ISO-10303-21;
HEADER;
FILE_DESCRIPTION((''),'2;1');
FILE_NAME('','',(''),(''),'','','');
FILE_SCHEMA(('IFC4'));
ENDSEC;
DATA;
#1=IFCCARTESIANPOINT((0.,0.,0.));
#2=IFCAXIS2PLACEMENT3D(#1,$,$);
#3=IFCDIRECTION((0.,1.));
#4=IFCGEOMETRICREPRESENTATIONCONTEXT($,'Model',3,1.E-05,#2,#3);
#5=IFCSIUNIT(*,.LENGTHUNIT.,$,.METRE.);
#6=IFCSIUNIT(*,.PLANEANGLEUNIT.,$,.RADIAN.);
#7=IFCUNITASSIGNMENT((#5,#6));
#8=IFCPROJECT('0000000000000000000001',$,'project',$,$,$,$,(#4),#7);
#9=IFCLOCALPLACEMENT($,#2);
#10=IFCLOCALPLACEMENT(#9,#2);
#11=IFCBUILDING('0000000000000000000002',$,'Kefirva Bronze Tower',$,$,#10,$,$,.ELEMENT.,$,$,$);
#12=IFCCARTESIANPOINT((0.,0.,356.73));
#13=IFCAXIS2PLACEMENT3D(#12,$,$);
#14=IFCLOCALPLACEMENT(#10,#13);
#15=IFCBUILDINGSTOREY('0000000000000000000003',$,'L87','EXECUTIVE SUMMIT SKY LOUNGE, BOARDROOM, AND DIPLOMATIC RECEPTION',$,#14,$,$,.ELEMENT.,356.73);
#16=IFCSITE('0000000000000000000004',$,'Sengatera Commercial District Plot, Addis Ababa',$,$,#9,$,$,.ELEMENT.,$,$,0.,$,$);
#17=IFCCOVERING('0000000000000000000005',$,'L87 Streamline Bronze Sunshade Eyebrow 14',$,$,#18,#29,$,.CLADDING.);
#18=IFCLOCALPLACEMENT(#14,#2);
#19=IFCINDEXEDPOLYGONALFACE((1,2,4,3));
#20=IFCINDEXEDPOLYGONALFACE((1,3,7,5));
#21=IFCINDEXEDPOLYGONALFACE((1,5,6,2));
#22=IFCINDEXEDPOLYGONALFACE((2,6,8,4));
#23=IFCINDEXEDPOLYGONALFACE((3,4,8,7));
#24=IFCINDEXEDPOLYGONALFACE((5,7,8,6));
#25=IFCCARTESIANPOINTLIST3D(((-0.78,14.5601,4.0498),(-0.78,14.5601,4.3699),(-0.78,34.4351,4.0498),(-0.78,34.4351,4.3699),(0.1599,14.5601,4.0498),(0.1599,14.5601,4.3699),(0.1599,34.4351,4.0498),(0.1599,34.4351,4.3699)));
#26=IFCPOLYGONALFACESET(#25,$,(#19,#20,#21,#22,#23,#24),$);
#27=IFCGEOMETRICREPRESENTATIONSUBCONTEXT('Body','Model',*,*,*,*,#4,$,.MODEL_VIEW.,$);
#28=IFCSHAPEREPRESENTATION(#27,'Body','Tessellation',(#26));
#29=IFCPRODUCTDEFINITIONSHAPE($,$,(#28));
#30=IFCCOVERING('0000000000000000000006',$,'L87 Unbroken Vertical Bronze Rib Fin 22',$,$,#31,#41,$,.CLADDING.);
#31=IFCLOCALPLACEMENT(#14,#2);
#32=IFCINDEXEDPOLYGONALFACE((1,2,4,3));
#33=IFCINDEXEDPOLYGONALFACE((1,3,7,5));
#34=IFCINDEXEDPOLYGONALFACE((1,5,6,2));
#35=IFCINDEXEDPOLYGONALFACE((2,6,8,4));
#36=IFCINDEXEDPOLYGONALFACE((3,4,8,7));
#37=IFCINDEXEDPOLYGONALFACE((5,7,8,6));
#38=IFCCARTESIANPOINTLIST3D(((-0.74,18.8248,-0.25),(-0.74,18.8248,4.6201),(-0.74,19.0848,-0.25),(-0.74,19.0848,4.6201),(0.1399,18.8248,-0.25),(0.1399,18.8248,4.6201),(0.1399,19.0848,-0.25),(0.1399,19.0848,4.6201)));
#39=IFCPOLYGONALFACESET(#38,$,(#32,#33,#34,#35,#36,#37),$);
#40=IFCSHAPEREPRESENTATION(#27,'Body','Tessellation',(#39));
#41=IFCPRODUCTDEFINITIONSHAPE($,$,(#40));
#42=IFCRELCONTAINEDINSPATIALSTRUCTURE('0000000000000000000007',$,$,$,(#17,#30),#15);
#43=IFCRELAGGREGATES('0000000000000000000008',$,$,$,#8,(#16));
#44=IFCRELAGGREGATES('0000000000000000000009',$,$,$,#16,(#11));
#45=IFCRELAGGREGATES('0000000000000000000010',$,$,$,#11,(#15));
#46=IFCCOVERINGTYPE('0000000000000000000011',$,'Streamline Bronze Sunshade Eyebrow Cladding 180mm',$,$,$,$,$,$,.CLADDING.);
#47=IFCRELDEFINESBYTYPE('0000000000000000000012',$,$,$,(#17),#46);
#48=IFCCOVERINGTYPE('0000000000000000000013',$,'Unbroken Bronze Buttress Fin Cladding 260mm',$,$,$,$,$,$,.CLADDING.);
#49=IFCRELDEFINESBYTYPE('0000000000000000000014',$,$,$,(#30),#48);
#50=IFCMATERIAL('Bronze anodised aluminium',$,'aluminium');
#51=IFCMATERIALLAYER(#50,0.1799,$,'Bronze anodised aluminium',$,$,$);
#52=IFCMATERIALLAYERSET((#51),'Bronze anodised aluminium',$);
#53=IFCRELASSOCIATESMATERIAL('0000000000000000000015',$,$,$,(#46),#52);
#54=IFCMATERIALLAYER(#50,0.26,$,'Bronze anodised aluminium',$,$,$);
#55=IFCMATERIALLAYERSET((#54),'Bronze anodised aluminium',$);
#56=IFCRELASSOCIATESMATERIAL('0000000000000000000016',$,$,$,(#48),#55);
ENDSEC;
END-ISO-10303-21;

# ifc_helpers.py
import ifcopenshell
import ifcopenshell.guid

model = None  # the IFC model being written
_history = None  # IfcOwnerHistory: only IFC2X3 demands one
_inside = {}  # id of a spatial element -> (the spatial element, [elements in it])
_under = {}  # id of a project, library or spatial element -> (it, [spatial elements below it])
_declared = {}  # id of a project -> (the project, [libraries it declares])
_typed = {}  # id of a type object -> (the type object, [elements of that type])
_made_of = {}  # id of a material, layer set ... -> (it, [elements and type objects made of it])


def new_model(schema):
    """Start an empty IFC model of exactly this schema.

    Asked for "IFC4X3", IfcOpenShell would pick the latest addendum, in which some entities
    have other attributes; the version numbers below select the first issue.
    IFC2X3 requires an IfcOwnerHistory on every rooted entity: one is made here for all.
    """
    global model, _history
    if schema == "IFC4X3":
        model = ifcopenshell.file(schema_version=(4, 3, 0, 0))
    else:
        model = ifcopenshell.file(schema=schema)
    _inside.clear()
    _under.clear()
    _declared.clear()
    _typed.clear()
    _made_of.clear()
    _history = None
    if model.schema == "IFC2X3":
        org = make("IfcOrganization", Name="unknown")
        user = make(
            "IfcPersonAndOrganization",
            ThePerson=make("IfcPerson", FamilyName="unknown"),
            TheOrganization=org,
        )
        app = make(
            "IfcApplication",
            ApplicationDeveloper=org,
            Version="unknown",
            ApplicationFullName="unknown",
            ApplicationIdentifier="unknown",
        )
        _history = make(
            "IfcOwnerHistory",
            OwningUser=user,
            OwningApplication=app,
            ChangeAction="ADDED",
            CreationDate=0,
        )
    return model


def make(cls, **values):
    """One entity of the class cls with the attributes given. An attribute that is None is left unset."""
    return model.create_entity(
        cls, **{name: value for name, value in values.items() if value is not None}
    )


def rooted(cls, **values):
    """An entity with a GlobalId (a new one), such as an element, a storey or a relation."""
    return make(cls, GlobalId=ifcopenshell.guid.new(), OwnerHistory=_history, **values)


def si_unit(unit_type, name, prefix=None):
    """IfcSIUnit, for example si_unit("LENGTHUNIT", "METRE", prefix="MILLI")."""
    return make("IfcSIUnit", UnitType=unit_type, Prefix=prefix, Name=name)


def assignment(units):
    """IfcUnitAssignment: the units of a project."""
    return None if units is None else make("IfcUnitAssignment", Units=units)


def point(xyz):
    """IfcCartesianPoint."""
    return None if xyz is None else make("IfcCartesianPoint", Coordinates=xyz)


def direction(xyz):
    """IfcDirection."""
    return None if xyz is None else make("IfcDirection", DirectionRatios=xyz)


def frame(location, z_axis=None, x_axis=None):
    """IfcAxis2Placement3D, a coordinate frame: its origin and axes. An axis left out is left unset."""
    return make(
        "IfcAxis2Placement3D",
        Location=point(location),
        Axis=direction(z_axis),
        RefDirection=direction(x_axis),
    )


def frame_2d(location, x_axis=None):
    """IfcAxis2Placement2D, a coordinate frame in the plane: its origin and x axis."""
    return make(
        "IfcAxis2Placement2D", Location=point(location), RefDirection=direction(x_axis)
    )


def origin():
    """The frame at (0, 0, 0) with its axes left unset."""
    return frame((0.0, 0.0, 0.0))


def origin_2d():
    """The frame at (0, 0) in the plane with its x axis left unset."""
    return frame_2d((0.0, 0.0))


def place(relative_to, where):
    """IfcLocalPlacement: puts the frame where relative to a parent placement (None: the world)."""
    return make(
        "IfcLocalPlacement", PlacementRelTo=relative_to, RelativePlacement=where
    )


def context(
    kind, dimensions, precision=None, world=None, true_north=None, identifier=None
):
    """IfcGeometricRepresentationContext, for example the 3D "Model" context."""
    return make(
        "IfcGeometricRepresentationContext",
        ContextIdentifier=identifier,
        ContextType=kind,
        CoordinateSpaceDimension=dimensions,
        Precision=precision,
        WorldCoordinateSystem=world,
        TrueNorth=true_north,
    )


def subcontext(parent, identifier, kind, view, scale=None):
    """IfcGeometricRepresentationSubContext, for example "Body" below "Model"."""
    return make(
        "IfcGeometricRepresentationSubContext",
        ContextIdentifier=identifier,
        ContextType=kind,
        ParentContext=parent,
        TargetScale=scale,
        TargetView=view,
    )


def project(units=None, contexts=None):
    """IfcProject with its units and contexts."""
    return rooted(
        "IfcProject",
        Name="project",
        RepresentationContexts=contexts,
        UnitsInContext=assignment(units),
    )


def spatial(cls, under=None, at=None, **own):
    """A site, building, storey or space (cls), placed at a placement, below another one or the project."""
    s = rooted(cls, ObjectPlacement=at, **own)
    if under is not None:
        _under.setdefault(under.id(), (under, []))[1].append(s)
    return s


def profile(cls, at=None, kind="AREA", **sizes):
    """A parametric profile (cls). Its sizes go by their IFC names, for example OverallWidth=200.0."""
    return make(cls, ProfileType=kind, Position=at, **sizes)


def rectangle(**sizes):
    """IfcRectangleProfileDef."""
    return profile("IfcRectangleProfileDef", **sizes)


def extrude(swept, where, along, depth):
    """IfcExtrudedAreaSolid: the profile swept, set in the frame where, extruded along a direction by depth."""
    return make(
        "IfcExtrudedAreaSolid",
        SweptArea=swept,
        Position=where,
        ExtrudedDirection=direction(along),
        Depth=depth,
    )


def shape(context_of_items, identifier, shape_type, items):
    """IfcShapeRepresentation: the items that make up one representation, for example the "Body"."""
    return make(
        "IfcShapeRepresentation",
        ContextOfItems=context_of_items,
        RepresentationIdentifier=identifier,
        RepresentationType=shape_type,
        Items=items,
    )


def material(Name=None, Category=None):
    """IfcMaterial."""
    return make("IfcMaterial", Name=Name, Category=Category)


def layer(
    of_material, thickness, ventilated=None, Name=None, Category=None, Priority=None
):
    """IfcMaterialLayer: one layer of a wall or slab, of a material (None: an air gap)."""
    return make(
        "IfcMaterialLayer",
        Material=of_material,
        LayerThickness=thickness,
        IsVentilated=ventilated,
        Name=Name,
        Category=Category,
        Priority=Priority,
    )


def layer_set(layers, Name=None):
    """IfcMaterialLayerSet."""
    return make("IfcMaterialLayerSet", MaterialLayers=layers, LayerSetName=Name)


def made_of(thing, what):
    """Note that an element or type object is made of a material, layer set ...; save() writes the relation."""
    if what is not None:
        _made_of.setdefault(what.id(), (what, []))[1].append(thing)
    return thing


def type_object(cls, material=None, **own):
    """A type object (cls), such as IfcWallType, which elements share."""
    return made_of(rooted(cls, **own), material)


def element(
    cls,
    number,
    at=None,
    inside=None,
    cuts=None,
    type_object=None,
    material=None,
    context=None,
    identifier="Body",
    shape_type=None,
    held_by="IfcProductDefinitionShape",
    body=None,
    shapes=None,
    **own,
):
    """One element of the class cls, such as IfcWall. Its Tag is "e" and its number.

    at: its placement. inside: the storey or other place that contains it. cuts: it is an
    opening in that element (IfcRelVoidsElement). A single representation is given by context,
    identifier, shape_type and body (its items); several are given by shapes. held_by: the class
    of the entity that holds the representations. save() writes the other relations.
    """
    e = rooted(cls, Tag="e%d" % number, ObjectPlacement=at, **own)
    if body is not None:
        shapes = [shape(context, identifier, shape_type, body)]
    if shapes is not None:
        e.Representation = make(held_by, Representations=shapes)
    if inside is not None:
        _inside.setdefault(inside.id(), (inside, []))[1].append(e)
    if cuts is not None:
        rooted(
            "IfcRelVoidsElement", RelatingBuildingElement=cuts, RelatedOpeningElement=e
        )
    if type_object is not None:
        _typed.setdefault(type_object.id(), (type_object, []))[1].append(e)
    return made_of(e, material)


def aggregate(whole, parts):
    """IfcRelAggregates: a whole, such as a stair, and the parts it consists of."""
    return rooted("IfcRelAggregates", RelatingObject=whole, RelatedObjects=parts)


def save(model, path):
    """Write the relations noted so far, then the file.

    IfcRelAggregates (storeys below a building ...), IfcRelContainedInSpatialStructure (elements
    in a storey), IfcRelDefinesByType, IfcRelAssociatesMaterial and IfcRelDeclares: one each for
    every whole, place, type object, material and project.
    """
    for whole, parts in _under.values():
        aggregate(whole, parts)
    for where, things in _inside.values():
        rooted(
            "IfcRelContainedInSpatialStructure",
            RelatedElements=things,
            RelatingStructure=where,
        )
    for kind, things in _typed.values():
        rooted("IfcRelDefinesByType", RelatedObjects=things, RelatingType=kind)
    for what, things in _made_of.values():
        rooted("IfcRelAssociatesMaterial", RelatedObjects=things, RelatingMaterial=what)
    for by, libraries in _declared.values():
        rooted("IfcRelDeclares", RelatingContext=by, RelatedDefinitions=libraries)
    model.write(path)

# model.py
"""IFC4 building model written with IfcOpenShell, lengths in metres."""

from ifc_helpers import new_model, si_unit, direction, frame, origin, origin_2d, place, context, subcontext, project, spatial, rectangle, extrude, material, layer, layer_set, type_object, element, save


model = new_model("IFC4")

# Units and contexts
model_context = context("Model", 3, precision=1e-05, world=origin(), true_north=direction((0.0, 1.0)))
body_context = subcontext(model_context, "Body", "Model", "MODEL_VIEW")
ifc_project = project(units=[si_unit("LENGTHUNIT", "METRE"), si_unit("PLANEANGLEUNIT", "RADIAN")], contexts=[model_context])

# Site, building, storey
site_placement = place(None, origin())
site = spatial("IfcSite", under=ifc_project, at=site_placement, Name="Sengatera Commercial District Plot, Addis Ababa", CompositionType="ELEMENT", RefElevation=0.0)
building_placement = place(site_placement, origin())
building = spatial("IfcBuilding", under=site, at=building_placement, Name="Kefirva Bronze Tower", CompositionType="ELEMENT")
storey_placement = place(building_placement, frame((0.0, 0.0, 356.73)))
storey = spatial("IfcBuildingStorey", under=building, at=storey_placement, Name="L87", Description="EXECUTIVE SUMMIT SKY LOUNGE, BOARDROOM, AND DIPLOMATIC RECEPTION", CompositionType="ELEMENT", Elevation=356.73)

# Shared definitions
ifc_material_1 = material(Name="Bronze anodised aluminium", Category="aluminium")

# Coverings
ifc_layer_1 = layer(ifc_material_1, 0.1799, Name="Bronze anodised aluminium")
ifc_layer_set_1 = layer_set([ifc_layer_1], Name="Bronze anodised aluminium")
covering_type_1 = type_object("IfcCoveringType", Name="Streamline Bronze Sunshade Eyebrow Cladding 180mm", PredefinedType="CLADDING", material=ifc_layer_set_1)
covering_1_placement = place(storey_placement, frame((-0.3101, 24.4976, 4.0498), z_axis=(0.0, 0.0, 1.0), x_axis=(0.0, -1.0, 0.0)))
element("IfcCovering", 1, at=covering_1_placement, inside=storey, type_object=covering_type_1, Name="L87 Streamline Bronze Sunshade Eyebrow 14", PredefinedType="CLADDING", context=body_context, shape_type="SweptSolid", body=[
    extrude(rectangle(XDim=19.875, YDim=0.9399, at=origin_2d()), origin(), (0.0, 0.0, 1.0), 0.3201),
])
ifc_layer_2 = layer(ifc_material_1, 0.26, Name="Bronze anodised aluminium")
ifc_layer_set_2 = layer_set([ifc_layer_2], Name="Bronze anodised aluminium")
covering_type_2 = type_object("IfcCoveringType", Name="Unbroken Bronze Buttress Fin Cladding 260mm", PredefinedType="CLADDING", material=ifc_layer_set_2)
covering_2_placement = place(storey_placement, frame((-0.3, 18.9548, -0.25), z_axis=(0.0, 0.0, 1.0), x_axis=(0.0, -1.0, 0.0)))
element("IfcCovering", 2, at=covering_2_placement, inside=storey, type_object=covering_type_2, Name="L87 Unbroken Vertical Bronze Rib Fin 22", PredefinedType="CLADDING", context=body_context, shape_type="SweptSolid", body=[
    extrude(rectangle(XDim=0.26, YDim=0.8799, at=origin_2d()), origin(), (0.0, 0.0, 1.0), 4.8701),
])

save(model, "model.ifc")
